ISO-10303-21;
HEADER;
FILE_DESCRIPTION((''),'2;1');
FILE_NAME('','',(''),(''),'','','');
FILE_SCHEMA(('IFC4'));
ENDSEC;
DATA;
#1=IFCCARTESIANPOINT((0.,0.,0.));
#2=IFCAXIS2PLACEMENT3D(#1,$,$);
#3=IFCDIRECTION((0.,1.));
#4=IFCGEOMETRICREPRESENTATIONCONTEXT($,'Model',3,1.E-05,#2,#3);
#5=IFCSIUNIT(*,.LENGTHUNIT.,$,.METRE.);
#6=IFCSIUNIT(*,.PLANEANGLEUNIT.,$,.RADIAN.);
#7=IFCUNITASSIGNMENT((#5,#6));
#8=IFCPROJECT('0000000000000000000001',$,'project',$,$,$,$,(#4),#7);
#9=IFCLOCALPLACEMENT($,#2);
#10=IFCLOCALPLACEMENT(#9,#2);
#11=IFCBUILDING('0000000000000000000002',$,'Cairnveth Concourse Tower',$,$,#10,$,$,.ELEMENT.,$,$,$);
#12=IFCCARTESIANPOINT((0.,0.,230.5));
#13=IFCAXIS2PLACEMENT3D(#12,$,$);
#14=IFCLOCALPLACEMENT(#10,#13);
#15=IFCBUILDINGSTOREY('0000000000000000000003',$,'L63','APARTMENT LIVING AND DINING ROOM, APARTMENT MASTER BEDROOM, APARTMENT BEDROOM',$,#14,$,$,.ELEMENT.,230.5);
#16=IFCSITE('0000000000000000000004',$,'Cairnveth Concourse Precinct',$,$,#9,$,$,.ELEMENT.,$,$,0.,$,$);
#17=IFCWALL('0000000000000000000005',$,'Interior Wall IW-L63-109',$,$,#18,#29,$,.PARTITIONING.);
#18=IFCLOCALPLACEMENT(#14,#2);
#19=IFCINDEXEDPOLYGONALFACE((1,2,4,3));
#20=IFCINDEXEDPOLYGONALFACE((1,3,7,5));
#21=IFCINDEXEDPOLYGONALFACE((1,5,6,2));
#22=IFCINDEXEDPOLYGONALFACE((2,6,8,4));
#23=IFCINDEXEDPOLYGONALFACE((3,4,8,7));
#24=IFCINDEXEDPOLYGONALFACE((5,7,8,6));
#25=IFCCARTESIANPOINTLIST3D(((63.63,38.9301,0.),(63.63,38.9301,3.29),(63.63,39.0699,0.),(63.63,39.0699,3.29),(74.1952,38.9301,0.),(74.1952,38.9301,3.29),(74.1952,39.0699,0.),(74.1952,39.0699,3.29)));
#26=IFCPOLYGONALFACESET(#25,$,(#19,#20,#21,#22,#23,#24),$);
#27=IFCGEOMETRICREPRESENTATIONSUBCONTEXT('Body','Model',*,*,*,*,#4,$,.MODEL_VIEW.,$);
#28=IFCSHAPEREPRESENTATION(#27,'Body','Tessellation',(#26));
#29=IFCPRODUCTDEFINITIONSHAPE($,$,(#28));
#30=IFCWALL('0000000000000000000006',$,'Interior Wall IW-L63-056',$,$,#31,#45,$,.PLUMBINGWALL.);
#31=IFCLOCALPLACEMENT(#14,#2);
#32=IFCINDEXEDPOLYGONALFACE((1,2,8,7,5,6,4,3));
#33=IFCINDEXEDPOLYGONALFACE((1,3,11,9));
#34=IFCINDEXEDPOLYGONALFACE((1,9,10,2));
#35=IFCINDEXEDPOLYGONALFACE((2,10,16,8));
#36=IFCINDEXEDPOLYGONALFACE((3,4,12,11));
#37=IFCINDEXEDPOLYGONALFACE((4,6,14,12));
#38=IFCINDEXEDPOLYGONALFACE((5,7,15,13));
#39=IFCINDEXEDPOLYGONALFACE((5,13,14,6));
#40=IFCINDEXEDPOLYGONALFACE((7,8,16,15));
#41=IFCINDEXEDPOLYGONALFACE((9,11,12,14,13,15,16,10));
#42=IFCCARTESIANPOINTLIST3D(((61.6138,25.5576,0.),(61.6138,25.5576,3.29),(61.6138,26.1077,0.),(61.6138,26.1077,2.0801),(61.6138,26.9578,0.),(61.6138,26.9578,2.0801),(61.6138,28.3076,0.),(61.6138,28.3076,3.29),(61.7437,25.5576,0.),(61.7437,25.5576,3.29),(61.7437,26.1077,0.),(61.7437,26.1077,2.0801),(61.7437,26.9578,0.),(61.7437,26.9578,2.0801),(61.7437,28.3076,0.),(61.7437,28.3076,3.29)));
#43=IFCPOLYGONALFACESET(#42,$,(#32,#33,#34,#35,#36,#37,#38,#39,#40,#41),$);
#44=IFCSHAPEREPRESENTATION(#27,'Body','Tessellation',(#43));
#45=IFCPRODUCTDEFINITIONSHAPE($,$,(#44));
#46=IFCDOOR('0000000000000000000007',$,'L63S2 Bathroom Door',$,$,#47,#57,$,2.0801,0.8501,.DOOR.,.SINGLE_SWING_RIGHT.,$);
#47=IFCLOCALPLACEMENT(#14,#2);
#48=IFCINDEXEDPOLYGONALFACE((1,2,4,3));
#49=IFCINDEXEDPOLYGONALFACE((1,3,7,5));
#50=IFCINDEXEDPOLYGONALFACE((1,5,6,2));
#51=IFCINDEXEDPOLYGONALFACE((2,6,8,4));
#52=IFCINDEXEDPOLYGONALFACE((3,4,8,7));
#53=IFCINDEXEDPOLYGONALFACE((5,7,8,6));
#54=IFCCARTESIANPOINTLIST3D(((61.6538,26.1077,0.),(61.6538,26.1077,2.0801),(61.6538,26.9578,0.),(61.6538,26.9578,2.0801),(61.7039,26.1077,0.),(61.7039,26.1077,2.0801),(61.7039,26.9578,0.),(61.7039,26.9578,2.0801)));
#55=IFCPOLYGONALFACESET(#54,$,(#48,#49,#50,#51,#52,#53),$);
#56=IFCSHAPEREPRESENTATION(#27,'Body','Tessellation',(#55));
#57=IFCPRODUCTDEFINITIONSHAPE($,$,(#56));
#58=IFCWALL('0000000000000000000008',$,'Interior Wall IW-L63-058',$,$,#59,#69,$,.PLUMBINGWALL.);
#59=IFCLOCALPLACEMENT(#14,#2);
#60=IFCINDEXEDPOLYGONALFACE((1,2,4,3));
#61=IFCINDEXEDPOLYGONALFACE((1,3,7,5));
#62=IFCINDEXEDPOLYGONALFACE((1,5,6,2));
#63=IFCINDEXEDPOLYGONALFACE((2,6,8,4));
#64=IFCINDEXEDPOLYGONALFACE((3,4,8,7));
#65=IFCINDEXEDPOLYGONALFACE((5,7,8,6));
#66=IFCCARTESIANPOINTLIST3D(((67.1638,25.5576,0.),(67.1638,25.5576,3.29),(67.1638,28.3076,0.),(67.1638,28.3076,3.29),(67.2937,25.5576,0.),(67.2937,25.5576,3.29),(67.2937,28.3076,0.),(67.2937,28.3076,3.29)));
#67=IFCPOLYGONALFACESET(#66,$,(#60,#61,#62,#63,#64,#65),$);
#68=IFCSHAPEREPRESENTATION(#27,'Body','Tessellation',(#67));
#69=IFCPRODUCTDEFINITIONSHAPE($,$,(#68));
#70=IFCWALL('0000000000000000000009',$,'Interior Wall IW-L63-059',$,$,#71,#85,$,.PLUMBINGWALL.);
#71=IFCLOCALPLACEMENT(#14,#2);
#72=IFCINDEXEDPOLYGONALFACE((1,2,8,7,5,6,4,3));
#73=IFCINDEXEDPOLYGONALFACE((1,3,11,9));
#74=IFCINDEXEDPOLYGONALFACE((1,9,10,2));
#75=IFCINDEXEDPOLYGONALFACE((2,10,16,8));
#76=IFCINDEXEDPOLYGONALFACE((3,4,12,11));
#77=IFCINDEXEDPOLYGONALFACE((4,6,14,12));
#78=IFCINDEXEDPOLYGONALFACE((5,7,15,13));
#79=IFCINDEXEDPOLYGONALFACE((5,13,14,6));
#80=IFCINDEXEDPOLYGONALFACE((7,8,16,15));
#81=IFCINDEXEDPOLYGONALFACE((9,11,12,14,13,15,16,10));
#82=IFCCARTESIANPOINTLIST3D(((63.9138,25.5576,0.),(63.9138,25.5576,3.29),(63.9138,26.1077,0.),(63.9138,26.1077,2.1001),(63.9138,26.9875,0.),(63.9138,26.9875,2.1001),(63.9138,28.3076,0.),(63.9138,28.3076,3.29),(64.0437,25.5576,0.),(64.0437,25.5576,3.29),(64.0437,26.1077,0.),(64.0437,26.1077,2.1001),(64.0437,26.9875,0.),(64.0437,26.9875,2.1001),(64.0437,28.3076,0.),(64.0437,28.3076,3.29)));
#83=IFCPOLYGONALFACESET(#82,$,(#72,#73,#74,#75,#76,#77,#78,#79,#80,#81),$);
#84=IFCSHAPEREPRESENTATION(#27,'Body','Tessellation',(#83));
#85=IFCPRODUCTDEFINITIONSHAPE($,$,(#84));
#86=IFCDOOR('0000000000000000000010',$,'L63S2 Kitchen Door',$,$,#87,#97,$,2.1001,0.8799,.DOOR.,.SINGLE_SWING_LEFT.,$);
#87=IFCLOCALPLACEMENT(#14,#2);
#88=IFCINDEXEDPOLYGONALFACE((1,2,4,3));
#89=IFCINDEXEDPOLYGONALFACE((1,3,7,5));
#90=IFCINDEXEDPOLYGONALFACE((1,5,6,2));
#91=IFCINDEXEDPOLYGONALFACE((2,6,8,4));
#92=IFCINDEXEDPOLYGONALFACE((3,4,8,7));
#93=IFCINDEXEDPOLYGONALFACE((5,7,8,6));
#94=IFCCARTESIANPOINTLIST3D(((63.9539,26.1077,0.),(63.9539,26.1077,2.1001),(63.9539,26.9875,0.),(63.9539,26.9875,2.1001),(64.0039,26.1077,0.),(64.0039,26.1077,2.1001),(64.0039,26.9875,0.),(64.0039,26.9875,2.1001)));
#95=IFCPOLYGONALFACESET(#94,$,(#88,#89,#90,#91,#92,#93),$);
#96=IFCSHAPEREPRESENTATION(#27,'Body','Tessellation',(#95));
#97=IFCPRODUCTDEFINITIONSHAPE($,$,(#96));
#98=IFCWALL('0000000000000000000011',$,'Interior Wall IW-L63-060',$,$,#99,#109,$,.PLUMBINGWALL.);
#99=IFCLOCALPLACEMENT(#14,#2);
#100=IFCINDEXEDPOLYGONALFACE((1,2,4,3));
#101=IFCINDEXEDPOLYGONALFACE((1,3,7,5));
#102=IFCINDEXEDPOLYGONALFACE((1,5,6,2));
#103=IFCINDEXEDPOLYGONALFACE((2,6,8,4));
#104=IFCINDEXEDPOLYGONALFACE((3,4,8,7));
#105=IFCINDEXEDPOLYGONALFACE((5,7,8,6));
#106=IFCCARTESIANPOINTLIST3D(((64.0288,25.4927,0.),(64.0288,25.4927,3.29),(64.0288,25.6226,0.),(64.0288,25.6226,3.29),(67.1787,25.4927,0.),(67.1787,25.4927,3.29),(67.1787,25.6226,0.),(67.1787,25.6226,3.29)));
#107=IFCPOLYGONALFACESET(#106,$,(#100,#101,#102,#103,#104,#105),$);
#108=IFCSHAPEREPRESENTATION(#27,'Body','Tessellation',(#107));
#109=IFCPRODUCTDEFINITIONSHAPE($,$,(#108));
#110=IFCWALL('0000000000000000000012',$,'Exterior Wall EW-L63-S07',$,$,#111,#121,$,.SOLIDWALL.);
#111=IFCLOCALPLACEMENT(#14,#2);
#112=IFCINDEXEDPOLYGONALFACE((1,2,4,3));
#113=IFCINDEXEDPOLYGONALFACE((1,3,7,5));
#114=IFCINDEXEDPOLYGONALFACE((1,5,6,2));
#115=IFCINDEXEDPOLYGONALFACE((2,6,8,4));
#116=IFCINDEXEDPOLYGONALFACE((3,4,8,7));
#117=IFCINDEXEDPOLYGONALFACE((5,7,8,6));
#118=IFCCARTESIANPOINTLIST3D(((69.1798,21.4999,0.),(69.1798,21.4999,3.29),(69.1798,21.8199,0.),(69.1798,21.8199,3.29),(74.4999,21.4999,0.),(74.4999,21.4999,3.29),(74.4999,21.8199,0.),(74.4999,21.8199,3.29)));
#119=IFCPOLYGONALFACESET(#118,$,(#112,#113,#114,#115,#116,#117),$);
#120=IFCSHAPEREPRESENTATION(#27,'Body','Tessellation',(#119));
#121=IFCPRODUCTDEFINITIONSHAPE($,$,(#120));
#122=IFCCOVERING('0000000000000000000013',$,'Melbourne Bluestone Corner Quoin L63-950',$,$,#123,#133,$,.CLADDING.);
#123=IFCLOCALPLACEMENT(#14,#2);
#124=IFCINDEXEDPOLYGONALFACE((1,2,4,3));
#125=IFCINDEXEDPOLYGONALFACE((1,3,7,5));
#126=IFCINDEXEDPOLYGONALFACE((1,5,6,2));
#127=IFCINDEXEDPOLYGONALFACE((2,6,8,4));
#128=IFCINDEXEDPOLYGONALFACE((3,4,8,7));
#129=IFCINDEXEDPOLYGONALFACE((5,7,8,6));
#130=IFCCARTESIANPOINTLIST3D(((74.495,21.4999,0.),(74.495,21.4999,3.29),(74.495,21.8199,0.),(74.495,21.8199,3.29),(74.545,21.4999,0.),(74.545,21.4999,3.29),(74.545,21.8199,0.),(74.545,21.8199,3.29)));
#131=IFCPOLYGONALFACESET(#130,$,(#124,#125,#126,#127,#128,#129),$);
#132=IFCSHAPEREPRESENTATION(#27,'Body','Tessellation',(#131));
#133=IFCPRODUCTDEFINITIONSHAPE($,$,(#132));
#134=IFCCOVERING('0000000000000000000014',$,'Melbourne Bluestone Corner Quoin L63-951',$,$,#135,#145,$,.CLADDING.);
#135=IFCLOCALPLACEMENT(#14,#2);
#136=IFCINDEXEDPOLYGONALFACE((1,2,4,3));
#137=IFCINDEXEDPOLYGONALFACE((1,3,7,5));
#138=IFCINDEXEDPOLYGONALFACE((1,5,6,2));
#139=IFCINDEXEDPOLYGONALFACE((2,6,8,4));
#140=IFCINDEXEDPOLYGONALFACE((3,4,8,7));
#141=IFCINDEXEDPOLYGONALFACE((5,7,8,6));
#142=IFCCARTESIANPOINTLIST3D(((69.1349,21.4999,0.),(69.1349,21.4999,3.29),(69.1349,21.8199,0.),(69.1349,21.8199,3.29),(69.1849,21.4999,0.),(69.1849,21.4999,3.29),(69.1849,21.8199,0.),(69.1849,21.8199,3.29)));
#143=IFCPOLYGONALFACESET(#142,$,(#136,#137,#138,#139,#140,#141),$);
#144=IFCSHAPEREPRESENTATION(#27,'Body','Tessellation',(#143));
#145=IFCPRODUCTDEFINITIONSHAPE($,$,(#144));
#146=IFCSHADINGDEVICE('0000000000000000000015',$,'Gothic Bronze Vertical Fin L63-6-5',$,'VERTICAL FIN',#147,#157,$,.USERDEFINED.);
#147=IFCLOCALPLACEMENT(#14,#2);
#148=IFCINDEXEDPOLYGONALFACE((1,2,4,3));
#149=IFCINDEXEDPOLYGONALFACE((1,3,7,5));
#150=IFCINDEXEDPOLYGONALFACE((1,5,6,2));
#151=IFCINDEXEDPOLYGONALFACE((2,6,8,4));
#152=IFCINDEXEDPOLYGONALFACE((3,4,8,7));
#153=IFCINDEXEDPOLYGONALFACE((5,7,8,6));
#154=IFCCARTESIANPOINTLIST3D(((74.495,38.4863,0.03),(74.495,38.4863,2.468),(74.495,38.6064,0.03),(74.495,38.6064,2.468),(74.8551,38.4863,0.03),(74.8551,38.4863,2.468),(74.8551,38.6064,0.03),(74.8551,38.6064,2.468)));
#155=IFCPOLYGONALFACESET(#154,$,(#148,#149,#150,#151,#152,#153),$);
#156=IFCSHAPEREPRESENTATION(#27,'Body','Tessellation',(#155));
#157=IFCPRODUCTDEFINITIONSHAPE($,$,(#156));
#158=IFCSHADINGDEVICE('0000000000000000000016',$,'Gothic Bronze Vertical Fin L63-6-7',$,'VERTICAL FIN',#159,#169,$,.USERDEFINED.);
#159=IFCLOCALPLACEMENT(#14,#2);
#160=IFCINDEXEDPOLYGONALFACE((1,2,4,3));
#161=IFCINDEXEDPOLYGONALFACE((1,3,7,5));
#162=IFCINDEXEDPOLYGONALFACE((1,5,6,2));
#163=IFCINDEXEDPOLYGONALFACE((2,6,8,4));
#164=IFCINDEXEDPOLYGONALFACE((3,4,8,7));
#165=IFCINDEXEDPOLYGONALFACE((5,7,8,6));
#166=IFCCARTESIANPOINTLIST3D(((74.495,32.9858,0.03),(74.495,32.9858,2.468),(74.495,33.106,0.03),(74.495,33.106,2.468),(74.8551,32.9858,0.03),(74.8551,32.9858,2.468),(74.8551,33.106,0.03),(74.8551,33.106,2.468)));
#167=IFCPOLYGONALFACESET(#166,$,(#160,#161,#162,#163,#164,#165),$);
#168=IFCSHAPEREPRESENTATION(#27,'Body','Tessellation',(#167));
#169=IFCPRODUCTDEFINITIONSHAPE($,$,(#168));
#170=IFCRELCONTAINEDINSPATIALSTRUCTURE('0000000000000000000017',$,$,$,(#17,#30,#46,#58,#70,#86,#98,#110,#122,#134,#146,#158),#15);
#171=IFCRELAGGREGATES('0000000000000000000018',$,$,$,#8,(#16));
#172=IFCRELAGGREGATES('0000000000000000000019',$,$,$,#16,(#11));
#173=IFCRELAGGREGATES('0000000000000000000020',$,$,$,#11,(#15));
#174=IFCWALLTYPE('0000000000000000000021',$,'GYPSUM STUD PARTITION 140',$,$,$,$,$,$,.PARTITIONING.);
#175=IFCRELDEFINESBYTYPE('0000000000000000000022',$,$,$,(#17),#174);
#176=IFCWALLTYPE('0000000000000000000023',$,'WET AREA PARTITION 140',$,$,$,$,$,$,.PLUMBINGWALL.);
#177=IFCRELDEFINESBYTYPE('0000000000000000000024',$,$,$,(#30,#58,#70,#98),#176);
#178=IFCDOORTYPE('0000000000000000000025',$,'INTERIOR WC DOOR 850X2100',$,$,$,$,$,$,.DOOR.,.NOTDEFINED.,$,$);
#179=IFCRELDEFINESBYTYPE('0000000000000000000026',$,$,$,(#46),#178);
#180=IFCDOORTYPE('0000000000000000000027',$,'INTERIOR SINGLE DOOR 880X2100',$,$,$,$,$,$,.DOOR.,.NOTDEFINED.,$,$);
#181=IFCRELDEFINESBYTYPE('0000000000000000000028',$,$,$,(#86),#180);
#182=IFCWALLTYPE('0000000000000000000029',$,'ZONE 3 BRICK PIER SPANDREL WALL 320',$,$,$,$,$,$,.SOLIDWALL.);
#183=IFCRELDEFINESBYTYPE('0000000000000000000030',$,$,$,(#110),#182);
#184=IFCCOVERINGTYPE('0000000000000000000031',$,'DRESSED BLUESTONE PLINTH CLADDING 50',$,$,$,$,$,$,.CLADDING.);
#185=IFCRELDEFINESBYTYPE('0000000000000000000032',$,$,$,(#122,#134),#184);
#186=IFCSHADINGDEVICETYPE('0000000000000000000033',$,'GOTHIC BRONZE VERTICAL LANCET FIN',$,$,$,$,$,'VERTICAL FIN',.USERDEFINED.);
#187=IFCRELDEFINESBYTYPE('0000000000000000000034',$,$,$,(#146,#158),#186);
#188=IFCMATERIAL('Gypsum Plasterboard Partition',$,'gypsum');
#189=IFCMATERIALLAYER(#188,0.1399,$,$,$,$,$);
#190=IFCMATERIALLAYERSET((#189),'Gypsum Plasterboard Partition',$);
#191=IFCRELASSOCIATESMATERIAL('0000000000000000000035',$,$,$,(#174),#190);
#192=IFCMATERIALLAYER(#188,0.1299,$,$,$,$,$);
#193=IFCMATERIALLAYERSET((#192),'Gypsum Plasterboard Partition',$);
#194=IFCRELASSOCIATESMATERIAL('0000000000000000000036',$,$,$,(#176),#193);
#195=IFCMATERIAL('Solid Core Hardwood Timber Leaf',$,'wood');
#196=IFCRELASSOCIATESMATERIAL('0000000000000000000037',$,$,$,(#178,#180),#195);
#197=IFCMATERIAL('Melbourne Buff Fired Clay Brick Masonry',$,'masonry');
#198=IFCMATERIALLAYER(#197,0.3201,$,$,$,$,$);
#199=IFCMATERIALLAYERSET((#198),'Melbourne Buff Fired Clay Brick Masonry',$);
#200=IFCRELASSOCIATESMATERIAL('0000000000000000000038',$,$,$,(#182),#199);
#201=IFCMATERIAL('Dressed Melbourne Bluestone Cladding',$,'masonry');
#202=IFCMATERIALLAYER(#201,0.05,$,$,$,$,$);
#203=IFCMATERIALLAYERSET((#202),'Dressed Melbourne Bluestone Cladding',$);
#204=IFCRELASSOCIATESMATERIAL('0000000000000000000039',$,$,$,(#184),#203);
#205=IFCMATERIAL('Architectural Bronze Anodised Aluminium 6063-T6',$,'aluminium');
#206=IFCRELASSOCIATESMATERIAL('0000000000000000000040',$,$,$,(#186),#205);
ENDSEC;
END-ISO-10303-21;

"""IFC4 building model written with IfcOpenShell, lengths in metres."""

from ifc_helpers import new_model, si_unit, direction, frame, frame_2d, origin, origin_2d, place, context, subcontext, project, spatial, rectangle, extrude, material, layer, layer_set, type_object, element, fill, save


model = new_model("IFC4")

# Units and contexts
model_context = context("Model", 3, precision=1e-05, world=origin(), true_north=direction((0.0, 1.0)))
body_context = subcontext(model_context, "Body", "Model", "MODEL_VIEW")
ifc_project = project(units=[si_unit("LENGTHUNIT", "METRE"), si_unit("PLANEANGLEUNIT", "RADIAN")], contexts=[model_context])

# Site, building, storey
site_placement = place(None, origin())
site = spatial("IfcSite", under=ifc_project, at=site_placement, Name="Cairnveth Concourse Precinct", CompositionType="ELEMENT", RefElevation=0.0)
building_placement = place(site_placement, origin())
building = spatial("IfcBuilding", under=site, at=building_placement, Name="Cairnveth Concourse Tower", CompositionType="ELEMENT")
storey_placement = place(building_placement, frame((0.0, 0.0, 230.5)))
storey = spatial("IfcBuildingStorey", under=building, at=storey_placement, Name="L63", Description="APARTMENT LIVING AND DINING ROOM, APARTMENT MASTER BEDROOM, APARTMENT BEDROOM", CompositionType="ELEMENT", Elevation=230.5)

# Shared definitions
ifc_material_1 = material(Name="Gypsum Plasterboard Partition", Category="gypsum")
ifc_material_2 = material(Name="Solid Core Hardwood Timber Leaf", Category="wood")

# Shared definitions
ifc_layer_1 = layer(ifc_material_1, 0.1399)
ifc_layer_set_1 = layer_set([ifc_layer_1], Name="Gypsum Plasterboard Partition")
wall_type_1 = type_object("IfcWallType", Name="GYPSUM STUD PARTITION 140", PredefinedType="PARTITIONING", material=ifc_layer_set_1)

# Wall
wall_1_placement = place(storey_placement, frame((63.6299, 39.0, 0.0), z_axis=(0.0, 0.0, 1.0), x_axis=(1.0, 0.0, 0.0)))
element("IfcWall", 1, at=wall_1_placement, inside=storey, type_object=wall_type_1, Name="Interior Wall IW-L63-109", PredefinedType="PARTITIONING", context=body_context, shape_type="SweptSolid", body=[
    extrude(rectangle(XDim=10.5652, YDim=0.1399, at=frame_2d((5.2827, 0.0))), origin(), (0.0, 0.0, 1.0), 3.29),
])

# Wall, opening, door
ifc_layer_2 = layer(ifc_material_1, 0.1299)
ifc_layer_set_2 = layer_set([ifc_layer_2], Name="Gypsum Plasterboard Partition")
wall_type_2 = type_object("IfcWallType", Name="WET AREA PARTITION 140", PredefinedType="PLUMBINGWALL", material=ifc_layer_set_2)
wall_2_placement = place(storey_placement, frame((61.6787, 25.5576, 0.0), z_axis=(0.0, 0.0, 1.0), x_axis=(0.0, 1.0, 0.0)))
wall_2 = element("IfcWall", 2, at=wall_2_placement, inside=storey, type_object=wall_type_2, Name="Interior Wall IW-L63-056", PredefinedType="PLUMBINGWALL", context=body_context, shape_type="SweptSolid", body=[
    extrude(rectangle(XDim=2.75, YDim=0.1299, at=frame_2d((1.375, 0.0))), origin(), (0.0, 0.0, 1.0), 3.29),
])
opening_1_placement = place(wall_2_placement, frame((0.55, 0.0, 0.0)))
opening_1 = element("IfcOpeningElement", 3, at=opening_1_placement, cuts=wall_2, PredefinedType="OPENING", context=body_context, shape_type="SweptSolid", body=[
    extrude(rectangle(XDim=0.8501, YDim=2.0801, at=frame_2d((0.425, 1.04))), frame((0.0, 0.075, 0.0), z_axis=(0.0, -1.0, 0.0), x_axis=(1.0, 0.0, 0.0)), (0.0, 0.0, 1.0), 0.1499),
])
door_type_1 = type_object("IfcDoorType", Name="INTERIOR WC DOOR 850X2100", OperationType="NOTDEFINED", PredefinedType="DOOR", material=ifc_material_2)
door_1_placement = place(opening_1_placement, origin())
door_1 = element("IfcDoor", 4, at=door_1_placement, inside=storey, type_object=door_type_1, Name="L63S2 Bathroom Door", OperationType="SINGLE_SWING_RIGHT", OverallHeight=2.0801, OverallWidth=0.8501, PredefinedType="DOOR", context=body_context, shape_type="SweptSolid", body=[
    extrude(rectangle(XDim=0.8501, YDim=2.0801, at=frame_2d((0.425, 1.04))), frame((0.0, 0.0249, 0.0), z_axis=(0.0, -1.0, 0.0), x_axis=(1.0, 0.0, 0.0)), (0.0, 0.0, 1.0), 0.05),
])
fill(opening_1, door_1)

# Wall
wall_3_placement = place(storey_placement, frame((67.2288, 25.5576, 0.0), z_axis=(0.0, 0.0, 1.0), x_axis=(0.0, 1.0, 0.0)))
element("IfcWall", 5, at=wall_3_placement, inside=storey, type_object=wall_type_2, Name="Interior Wall IW-L63-058", PredefinedType="PLUMBINGWALL", context=body_context, shape_type="SweptSolid", body=[
    extrude(rectangle(XDim=2.75, YDim=0.1299, at=frame_2d((1.375, 0.0))), origin(), (0.0, 0.0, 1.0), 3.29),
])

# Wall, opening, door
wall_4_placement = place(storey_placement, frame((63.9788, 25.5576, 0.0), z_axis=(0.0, 0.0, 1.0), x_axis=(0.0, 1.0, 0.0)))
wall_4 = element("IfcWall", 6, at=wall_4_placement, inside=storey, type_object=wall_type_2, Name="Interior Wall IW-L63-059", PredefinedType="PLUMBINGWALL", context=body_context, shape_type="SweptSolid", body=[
    extrude(rectangle(XDim=2.75, YDim=0.1299, at=frame_2d((1.375, 0.0))), origin(), (0.0, 0.0, 1.0), 3.29),
])
opening_2_placement = place(wall_4_placement, frame((0.55, 0.0, 0.0)))
opening_2 = element("IfcOpeningElement", 7, at=opening_2_placement, cuts=wall_4, PredefinedType="OPENING", context=body_context, shape_type="SweptSolid", body=[
    extrude(rectangle(XDim=0.8799, YDim=2.1001, at=frame_2d((0.4399, 1.05))), frame((0.0, 0.075, 0.0), z_axis=(0.0, -1.0, 0.0), x_axis=(1.0, 0.0, 0.0)), (0.0, 0.0, 1.0), 0.1499),
])
door_type_2 = type_object("IfcDoorType", Name="INTERIOR SINGLE DOOR 880X2100", OperationType="NOTDEFINED", PredefinedType="DOOR", material=ifc_material_2)
door_2_placement = place(opening_2_placement, origin())
door_2 = element("IfcDoor", 8, at=door_2_placement, inside=storey, type_object=door_type_2, Name="L63S2 Kitchen Door", OperationType="SINGLE_SWING_LEFT", OverallHeight=2.1001, OverallWidth=0.8799, PredefinedType="DOOR", context=body_context, shape_type="SweptSolid", body=[
    extrude(rectangle(XDim=0.8799, YDim=2.1001, at=frame_2d((0.4399, 1.05))), frame((0.0, 0.0249, 0.0), z_axis=(0.0, -1.0, 0.0), x_axis=(1.0, 0.0, 0.0)), (0.0, 0.0, 1.0), 0.05),
])
fill(opening_2, door_2)

# Walls
wall_5_placement = place(storey_placement, frame((64.0288, 25.5576, 0.0), z_axis=(0.0, 0.0, 1.0), x_axis=(1.0, 0.0, 0.0)))
element("IfcWall", 9, at=wall_5_placement, inside=storey, type_object=wall_type_2, Name="Interior Wall IW-L63-060", PredefinedType="PLUMBINGWALL", context=body_context, shape_type="SweptSolid", body=[
    extrude(rectangle(XDim=3.1499, YDim=0.1299, at=frame_2d((1.575, 0.0))), origin(), (0.0, 0.0, 1.0), 3.29),
])
ifc_material_3 = material(Name="Melbourne Buff Fired Clay Brick Masonry", Category="masonry")
ifc_layer_3 = layer(ifc_material_3, 0.3201)
ifc_layer_set_3 = layer_set([ifc_layer_3], Name="Melbourne Buff Fired Clay Brick Masonry")
wall_type_3 = type_object("IfcWallType", Name="ZONE 3 BRICK PIER SPANDREL WALL 320", PredefinedType="SOLIDWALL", material=ifc_layer_set_3)
wall_6_placement = place(storey_placement, frame((74.5, 21.6599, 0.0), z_axis=(0.0, 0.0, 1.0), x_axis=(-1.0, 0.0, 0.0)))
element("IfcWall", 10, at=wall_6_placement, inside=storey, type_object=wall_type_3, Name="Exterior Wall EW-L63-S07", PredefinedType="SOLIDWALL", context=body_context, shape_type="SweptSolid", body=[
    extrude(rectangle(XDim=5.3201, YDim=0.3201, at=frame_2d((2.6602, 0.0))), origin(), (0.0, 0.0, 1.0), 3.29),
])

# Coverings
ifc_material_4 = material(Name="Dressed Melbourne Bluestone Cladding", Category="masonry")
ifc_layer_4 = layer(ifc_material_4, 0.05)
ifc_layer_set_4 = layer_set([ifc_layer_4], Name="Dressed Melbourne Bluestone Cladding")
covering_type = type_object("IfcCoveringType", Name="DRESSED BLUESTONE PLINTH CLADDING 50", PredefinedType="CLADDING", material=ifc_layer_set_4)
for number, where, z_axis, x_axis, name in (
    (11, (74.52, 21.8201, 0.0), (0.0, 0.0, 1.0), (0.0, -1.0, 0.0), "Melbourne Bluestone Corner Quoin L63-950"),
    (12, (69.1599, 21.8201, 0.0), (0.0, 0.0, 1.0), (0.0, -1.0, 0.0), "Melbourne Bluestone Corner Quoin L63-951"),
):
    element("IfcCovering", number, at=place(storey_placement, frame(where, z_axis=z_axis, x_axis=x_axis)), inside=storey, type_object=covering_type, Name=name, PredefinedType="CLADDING", context=body_context, shape_type="SweptSolid", body=[
        extrude(rectangle(XDim=0.3201, YDim=0.05, at=frame_2d((0.1602, 0.0))), origin(), (0.0, 0.0, 1.0), 3.29),
    ])

# Shading devices
ifc_material_5 = material(Name="Architectural Bronze Anodised Aluminium 6063-T6", Category="aluminium")
shading_device_type = type_object("IfcShadingDeviceType", Name="GOTHIC BRONZE VERTICAL LANCET FIN", ElementType="VERTICAL FIN", PredefinedType="USERDEFINED", material=ifc_material_5)
for number, where, z_axis, x_axis, name in (
    (13, (74.675, 38.5464, 0.03), (0.0, 0.0, 1.0), (0.0, 1.0, 0.0), "Gothic Bronze Vertical Fin L63-6-5"),
    (14, (74.675, 33.0459, 0.03), (0.0, 0.0, 1.0), (0.0, 1.0, 0.0), "Gothic Bronze Vertical Fin L63-6-7"),
):
    element("IfcShadingDevice", number, at=place(storey_placement, frame(where, z_axis=z_axis, x_axis=x_axis)), inside=storey, type_object=shading_device_type, Name=name, ObjectType="VERTICAL FIN", PredefinedType="USERDEFINED", context=body_context, shape_type="SweptSolid", body=[
        extrude(rectangle(XDim=0.1201, YDim=0.3601, at=origin_2d()), origin(), (0.0, 0.0, 1.0), 2.438),
    ])

save(model, "model.ifc")
